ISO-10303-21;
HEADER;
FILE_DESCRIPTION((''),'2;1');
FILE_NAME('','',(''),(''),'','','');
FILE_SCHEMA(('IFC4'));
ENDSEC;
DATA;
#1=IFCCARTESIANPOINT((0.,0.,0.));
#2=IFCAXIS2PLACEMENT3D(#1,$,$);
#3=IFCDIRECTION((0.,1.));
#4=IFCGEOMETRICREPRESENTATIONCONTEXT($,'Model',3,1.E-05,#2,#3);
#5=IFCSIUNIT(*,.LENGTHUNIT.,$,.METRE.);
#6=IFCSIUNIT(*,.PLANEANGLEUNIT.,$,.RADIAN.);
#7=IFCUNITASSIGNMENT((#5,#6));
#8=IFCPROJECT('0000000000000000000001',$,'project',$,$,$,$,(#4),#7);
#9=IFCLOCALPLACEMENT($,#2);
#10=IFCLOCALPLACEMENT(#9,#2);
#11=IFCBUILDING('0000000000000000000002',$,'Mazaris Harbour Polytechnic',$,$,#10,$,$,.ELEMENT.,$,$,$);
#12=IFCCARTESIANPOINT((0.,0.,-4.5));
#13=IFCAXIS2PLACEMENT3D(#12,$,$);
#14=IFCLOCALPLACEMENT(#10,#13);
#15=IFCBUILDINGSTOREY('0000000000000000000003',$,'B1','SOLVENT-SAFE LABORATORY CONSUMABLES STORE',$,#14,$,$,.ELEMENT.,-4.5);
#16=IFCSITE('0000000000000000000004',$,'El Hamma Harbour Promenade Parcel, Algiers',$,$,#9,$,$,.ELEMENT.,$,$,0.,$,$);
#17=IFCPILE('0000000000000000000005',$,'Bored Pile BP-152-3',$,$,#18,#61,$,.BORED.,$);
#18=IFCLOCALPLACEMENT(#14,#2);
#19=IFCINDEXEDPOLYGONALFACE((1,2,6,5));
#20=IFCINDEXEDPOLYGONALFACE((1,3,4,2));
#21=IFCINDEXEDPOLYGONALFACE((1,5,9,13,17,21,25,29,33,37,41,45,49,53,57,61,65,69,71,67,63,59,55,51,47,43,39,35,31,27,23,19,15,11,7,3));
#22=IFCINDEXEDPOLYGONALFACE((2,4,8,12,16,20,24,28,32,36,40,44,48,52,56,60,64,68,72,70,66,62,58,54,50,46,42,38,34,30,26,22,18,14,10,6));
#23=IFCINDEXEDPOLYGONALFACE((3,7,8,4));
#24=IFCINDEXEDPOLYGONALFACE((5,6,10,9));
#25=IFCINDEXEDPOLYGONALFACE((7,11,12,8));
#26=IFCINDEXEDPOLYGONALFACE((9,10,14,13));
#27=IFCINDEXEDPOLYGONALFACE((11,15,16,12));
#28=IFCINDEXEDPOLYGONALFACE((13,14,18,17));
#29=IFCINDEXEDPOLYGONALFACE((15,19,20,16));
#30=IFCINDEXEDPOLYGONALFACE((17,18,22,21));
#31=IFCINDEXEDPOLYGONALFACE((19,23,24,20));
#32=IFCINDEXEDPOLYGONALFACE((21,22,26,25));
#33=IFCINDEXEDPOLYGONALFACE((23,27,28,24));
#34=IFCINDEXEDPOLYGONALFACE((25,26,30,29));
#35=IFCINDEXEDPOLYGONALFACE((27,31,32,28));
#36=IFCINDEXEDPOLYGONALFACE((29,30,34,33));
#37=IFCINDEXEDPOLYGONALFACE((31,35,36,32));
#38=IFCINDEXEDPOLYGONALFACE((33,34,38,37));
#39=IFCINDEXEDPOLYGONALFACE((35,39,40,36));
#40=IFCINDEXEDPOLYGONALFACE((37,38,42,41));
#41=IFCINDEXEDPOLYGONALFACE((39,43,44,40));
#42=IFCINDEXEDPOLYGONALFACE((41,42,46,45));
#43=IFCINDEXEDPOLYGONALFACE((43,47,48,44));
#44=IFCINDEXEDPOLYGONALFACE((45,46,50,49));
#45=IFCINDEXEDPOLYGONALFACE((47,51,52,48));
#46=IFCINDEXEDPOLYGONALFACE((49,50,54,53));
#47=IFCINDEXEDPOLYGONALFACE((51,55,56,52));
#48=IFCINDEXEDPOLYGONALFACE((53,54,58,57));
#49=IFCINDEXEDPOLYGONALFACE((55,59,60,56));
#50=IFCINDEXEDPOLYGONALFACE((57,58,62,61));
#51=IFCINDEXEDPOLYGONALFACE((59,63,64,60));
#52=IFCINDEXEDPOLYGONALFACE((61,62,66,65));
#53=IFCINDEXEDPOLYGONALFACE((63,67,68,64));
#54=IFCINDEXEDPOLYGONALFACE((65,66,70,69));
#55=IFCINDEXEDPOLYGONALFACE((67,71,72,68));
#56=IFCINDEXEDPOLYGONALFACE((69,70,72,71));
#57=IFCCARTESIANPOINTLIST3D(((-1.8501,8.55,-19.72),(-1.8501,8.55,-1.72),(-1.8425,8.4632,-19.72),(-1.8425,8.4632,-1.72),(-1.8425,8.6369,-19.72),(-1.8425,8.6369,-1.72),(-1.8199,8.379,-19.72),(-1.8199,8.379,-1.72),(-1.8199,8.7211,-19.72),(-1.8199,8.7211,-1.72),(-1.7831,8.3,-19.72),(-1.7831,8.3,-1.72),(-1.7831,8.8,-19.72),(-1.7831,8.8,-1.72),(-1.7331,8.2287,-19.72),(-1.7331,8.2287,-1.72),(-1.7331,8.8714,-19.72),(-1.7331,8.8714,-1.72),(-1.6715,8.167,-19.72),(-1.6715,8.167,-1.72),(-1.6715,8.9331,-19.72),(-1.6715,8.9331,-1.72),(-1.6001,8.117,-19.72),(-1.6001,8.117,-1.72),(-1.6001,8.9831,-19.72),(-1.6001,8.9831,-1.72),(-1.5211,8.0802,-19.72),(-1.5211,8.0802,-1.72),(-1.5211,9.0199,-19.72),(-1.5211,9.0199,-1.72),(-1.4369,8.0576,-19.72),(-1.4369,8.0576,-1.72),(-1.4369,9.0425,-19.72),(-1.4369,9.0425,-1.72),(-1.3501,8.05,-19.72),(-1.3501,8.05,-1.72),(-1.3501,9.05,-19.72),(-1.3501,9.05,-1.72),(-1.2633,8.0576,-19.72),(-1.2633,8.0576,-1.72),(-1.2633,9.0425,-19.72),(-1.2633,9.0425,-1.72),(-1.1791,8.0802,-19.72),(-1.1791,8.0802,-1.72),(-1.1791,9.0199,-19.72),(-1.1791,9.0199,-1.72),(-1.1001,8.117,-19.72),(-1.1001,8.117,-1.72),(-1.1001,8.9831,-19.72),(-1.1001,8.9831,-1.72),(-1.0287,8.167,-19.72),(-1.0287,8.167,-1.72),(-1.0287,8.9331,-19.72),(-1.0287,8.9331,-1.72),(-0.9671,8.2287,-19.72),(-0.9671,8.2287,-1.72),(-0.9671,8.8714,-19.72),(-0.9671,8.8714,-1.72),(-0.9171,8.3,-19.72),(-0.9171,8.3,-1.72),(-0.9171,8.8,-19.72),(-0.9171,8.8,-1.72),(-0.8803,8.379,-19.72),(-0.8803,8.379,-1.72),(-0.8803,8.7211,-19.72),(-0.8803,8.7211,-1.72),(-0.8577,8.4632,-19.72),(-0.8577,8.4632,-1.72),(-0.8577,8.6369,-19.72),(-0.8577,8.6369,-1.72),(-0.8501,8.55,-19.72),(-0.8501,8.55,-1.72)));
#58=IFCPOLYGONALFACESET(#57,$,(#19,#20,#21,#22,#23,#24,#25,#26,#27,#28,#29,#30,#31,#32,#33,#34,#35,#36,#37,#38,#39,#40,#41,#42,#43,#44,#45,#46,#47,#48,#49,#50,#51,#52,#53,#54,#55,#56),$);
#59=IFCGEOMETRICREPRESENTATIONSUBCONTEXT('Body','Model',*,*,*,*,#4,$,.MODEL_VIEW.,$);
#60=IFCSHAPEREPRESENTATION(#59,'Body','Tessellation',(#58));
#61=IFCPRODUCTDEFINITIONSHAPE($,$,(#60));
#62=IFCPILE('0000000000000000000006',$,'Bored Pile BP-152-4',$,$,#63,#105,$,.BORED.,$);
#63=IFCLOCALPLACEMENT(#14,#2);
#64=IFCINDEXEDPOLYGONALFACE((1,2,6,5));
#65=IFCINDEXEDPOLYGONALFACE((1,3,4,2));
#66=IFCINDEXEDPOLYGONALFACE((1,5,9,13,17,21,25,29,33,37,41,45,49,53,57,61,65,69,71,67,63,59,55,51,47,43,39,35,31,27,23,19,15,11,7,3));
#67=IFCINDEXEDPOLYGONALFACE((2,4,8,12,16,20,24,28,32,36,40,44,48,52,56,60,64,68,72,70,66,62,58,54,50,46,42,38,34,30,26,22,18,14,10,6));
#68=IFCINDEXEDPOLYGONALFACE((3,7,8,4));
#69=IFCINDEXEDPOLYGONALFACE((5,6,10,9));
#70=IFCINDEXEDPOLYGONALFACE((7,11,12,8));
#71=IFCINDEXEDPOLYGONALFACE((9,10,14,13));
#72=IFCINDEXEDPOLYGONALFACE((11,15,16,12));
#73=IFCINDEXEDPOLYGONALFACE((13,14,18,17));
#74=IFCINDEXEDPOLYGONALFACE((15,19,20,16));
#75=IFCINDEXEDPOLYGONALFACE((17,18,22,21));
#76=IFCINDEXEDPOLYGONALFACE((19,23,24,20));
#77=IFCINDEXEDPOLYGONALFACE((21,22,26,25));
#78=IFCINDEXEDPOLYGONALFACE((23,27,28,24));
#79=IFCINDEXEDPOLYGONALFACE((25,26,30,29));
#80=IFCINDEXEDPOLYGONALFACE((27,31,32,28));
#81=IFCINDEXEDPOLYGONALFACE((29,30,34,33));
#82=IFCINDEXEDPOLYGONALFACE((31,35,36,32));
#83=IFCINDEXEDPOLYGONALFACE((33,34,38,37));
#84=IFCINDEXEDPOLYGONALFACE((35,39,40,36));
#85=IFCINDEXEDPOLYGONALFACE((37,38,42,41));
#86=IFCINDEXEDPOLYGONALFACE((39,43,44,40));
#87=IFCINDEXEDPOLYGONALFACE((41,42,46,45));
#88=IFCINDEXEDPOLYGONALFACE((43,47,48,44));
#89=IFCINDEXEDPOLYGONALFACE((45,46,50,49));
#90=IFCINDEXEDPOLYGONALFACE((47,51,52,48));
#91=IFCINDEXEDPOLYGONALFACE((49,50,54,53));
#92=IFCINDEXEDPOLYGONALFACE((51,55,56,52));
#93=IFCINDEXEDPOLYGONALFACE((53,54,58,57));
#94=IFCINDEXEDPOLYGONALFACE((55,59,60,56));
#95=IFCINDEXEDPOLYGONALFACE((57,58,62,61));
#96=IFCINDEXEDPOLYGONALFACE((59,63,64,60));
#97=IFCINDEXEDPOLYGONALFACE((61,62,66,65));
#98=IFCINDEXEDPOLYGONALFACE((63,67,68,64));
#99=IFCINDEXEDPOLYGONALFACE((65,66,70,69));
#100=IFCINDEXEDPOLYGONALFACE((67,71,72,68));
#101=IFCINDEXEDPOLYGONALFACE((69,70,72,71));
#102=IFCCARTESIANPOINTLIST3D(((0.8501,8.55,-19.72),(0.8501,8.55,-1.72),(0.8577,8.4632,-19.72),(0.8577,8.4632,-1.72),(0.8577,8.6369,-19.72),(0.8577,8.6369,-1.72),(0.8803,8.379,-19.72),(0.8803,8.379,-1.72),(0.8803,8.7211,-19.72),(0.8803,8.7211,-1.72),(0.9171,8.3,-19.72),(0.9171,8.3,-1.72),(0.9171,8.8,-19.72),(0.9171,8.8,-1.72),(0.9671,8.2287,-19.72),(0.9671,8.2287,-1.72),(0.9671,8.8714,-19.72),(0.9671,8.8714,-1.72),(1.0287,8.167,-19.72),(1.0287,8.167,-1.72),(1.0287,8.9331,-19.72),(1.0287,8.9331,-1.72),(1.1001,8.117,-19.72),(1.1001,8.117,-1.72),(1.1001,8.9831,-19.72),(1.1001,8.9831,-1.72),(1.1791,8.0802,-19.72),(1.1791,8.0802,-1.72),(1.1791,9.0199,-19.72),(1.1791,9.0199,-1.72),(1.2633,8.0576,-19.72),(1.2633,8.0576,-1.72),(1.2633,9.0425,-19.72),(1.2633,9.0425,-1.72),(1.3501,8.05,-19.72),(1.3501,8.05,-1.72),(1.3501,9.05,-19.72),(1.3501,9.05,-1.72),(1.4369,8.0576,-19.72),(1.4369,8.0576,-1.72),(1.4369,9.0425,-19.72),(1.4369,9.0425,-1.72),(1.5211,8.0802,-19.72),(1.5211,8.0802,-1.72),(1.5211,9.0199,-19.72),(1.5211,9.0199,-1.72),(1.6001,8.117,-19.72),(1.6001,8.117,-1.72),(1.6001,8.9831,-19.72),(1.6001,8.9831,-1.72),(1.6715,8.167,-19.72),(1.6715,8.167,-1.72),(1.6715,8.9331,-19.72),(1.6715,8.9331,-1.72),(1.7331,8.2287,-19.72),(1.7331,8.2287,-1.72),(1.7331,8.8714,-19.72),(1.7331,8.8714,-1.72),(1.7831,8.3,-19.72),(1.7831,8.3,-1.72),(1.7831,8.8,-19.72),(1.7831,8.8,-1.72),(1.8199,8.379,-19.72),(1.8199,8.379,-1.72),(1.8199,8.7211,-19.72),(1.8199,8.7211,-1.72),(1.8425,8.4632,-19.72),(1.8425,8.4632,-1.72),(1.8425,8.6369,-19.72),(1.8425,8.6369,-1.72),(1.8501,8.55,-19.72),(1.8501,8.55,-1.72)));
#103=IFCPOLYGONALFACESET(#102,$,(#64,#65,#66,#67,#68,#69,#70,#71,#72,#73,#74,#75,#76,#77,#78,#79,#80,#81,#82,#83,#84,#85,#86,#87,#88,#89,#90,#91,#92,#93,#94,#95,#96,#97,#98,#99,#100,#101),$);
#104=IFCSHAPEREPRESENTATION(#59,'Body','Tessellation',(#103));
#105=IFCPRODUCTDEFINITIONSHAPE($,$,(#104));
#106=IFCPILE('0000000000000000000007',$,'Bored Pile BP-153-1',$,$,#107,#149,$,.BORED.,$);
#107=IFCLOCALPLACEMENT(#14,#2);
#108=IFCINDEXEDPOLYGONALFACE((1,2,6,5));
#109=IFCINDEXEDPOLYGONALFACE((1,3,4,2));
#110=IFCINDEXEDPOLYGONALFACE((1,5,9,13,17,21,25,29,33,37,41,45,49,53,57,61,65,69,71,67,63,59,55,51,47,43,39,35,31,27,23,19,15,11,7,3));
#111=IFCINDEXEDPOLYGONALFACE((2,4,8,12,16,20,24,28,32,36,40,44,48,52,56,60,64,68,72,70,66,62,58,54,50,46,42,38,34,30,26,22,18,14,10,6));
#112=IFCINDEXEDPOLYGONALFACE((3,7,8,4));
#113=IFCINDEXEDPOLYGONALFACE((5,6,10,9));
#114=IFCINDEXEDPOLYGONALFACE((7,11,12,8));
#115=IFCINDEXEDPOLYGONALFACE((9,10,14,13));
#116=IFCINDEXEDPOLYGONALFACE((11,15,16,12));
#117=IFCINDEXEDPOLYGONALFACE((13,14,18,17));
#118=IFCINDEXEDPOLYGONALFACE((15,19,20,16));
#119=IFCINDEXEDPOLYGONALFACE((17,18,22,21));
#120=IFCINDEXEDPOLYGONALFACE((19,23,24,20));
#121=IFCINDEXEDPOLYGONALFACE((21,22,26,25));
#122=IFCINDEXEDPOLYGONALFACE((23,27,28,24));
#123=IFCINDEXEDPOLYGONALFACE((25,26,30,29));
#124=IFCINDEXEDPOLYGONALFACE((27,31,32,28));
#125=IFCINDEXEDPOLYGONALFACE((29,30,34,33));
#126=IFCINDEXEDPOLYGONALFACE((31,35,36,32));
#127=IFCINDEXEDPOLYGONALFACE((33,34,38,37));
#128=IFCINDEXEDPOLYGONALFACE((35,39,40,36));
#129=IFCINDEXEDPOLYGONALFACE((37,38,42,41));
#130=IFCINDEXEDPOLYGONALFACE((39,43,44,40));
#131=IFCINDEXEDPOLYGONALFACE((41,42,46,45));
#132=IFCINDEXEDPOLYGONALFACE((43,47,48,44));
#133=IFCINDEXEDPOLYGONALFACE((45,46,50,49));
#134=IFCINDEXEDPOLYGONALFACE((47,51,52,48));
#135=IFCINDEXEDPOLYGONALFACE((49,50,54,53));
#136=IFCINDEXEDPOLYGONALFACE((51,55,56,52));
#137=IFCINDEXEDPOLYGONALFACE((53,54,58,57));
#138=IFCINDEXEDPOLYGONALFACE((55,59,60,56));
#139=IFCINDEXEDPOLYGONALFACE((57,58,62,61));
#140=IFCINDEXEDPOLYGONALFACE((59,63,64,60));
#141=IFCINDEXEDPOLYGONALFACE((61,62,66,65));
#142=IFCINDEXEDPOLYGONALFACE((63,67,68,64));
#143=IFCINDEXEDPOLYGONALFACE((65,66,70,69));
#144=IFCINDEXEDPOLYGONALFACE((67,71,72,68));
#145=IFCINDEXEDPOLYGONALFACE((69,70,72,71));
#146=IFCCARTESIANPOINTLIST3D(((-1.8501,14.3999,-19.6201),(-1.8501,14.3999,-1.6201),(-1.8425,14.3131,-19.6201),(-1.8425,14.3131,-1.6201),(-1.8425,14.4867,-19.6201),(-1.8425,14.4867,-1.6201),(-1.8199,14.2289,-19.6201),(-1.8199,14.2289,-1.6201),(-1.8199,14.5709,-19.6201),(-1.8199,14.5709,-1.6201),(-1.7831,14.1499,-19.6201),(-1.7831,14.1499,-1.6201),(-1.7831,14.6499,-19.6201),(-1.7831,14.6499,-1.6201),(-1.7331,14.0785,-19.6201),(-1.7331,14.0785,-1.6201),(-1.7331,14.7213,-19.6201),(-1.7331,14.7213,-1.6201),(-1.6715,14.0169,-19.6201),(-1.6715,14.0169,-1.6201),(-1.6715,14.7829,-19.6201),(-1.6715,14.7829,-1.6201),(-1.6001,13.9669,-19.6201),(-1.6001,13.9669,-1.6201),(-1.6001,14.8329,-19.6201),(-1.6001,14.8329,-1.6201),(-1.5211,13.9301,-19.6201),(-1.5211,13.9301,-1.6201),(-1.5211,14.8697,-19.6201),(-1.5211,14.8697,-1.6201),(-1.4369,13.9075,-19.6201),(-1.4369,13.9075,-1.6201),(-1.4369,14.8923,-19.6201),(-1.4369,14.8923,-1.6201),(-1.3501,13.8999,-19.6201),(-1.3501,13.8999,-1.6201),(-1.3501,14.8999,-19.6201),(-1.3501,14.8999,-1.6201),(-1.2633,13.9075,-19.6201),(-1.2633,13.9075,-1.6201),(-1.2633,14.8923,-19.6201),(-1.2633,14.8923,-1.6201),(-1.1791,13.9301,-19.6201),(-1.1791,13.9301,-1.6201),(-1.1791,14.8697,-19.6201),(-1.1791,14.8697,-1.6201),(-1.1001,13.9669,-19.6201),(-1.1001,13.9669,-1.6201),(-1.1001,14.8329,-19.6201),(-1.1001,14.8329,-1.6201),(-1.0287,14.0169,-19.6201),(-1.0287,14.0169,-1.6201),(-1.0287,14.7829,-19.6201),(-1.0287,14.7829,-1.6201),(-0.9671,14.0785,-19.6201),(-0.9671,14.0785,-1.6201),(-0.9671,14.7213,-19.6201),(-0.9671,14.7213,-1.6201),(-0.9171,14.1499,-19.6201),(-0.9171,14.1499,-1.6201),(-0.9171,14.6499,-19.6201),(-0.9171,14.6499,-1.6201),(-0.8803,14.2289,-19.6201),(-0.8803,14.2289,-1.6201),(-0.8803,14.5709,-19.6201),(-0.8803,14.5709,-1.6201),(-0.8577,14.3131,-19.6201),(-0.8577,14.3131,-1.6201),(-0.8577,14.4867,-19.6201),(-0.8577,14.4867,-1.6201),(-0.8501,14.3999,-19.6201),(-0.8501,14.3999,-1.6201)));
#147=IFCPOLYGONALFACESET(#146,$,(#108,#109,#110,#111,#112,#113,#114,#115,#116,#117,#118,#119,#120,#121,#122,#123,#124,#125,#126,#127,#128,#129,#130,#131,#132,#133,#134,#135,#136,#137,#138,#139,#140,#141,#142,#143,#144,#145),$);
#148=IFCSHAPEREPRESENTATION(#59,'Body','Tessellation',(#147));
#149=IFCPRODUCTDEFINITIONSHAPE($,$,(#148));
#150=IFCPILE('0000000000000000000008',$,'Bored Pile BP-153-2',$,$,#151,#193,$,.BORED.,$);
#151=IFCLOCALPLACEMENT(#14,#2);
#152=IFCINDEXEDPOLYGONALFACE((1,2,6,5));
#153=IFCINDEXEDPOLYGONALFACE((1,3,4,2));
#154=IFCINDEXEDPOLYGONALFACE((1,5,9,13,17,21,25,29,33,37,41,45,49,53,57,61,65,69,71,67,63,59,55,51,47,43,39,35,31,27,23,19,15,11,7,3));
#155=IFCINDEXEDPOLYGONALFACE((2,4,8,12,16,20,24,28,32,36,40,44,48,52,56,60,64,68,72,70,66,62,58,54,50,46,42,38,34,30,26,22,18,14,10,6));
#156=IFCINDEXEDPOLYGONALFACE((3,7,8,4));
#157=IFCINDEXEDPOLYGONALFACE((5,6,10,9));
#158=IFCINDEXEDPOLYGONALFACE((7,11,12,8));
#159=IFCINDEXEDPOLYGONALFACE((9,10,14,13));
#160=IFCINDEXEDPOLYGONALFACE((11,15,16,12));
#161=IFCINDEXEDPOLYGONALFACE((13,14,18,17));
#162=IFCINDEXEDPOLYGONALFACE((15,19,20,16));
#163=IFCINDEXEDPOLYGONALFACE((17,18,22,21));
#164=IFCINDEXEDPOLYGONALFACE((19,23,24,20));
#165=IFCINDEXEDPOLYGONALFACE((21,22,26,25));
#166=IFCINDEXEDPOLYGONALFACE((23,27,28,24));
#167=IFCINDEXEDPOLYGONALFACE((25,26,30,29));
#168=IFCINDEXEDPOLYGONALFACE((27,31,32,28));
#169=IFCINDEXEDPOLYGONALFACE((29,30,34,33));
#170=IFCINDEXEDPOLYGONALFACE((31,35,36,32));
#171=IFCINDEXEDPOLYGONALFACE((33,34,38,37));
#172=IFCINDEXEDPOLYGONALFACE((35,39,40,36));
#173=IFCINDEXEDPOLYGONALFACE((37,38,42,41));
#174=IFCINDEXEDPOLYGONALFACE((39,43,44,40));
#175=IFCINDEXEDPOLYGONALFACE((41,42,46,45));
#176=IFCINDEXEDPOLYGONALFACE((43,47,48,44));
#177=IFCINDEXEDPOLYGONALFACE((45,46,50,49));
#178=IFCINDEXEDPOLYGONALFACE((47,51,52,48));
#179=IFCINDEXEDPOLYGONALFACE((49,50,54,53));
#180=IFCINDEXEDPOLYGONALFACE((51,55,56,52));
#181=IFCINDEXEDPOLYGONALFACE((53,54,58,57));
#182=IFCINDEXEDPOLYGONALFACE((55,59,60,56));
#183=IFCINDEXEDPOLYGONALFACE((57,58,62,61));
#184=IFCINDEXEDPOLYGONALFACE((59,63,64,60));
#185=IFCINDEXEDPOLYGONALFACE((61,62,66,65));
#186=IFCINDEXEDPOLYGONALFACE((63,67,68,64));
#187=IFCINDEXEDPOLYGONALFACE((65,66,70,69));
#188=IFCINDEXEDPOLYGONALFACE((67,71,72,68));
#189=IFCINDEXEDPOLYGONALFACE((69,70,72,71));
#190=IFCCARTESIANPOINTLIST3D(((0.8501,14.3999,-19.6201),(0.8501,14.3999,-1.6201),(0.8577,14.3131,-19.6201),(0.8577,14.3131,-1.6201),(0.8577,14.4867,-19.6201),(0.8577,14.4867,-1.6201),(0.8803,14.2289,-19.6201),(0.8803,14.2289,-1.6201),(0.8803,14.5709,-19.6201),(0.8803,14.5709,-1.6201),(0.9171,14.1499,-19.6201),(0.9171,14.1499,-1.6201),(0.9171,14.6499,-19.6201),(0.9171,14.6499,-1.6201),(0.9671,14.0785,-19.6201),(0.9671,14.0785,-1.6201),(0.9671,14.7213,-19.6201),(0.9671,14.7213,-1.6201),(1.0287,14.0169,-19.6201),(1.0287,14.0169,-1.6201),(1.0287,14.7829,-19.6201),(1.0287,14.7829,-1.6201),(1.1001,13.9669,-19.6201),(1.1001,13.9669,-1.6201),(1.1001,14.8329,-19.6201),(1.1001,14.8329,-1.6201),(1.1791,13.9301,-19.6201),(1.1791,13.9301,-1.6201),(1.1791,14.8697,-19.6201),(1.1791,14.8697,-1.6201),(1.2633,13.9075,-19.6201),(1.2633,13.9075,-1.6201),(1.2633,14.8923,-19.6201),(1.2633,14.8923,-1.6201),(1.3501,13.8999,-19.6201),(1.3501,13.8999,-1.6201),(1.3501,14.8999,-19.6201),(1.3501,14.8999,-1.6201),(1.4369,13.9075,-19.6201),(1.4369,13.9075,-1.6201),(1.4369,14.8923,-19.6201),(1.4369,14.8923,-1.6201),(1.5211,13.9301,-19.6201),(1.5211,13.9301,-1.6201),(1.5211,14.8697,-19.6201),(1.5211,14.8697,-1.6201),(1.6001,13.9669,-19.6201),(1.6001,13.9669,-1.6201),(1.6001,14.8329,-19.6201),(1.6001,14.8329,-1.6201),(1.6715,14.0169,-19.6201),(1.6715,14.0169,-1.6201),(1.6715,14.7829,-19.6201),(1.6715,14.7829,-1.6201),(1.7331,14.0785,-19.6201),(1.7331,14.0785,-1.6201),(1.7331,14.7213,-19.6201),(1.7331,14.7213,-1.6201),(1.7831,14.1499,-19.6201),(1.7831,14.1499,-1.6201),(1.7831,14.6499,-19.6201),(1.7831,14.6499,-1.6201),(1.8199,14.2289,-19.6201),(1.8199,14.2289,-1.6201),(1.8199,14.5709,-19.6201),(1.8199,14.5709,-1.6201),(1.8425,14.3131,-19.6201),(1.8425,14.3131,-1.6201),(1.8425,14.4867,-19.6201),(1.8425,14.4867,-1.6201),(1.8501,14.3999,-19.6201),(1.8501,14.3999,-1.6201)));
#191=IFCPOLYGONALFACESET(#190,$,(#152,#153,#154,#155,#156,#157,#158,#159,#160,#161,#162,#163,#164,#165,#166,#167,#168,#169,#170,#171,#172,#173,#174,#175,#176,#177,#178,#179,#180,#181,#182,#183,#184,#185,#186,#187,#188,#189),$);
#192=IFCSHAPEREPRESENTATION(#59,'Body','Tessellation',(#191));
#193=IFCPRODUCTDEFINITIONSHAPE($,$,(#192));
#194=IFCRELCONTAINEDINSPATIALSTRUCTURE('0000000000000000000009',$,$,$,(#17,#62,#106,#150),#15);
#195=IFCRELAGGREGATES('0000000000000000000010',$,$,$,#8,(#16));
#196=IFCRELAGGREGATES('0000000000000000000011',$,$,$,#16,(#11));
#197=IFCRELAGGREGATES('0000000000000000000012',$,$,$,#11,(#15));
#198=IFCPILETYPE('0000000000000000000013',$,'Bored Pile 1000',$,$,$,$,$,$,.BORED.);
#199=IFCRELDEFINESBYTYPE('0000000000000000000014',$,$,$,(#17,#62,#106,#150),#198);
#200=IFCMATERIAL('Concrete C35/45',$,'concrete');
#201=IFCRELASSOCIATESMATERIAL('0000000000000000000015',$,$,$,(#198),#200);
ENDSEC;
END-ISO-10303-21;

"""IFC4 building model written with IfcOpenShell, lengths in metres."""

from ifc_helpers import new_model, si_unit, direction, frame, origin, origin_2d, place, context, subcontext, project, spatial, circle, extrude, material, material_profile, profile_set, type_object, element, save


model = new_model("IFC4")

# Units and contexts
model_context = context("Model", 3, precision=1e-05, world=origin(), true_north=direction((0.0, 1.0)))
body_context = subcontext(model_context, "Body", "Model", "MODEL_VIEW")
ifc_project = project(units=[si_unit("LENGTHUNIT", "METRE"), si_unit("PLANEANGLEUNIT", "RADIAN")], contexts=[model_context])

# Site, building, storey
site_placement = place(None, origin())
site = spatial("IfcSite", under=ifc_project, at=site_placement, Name="El Hamma Harbour Promenade Parcel, Algiers", CompositionType="ELEMENT", RefElevation=0.0)
building_placement = place(site_placement, origin())
building = spatial("IfcBuilding", under=site, at=building_placement, Name="Mazaris Harbour Polytechnic", CompositionType="ELEMENT")
storey_placement = place(building_placement, frame((0.0, 0.0, -4.5)))
storey = spatial("IfcBuildingStorey", under=building, at=storey_placement, Name="B1", Description="SOLVENT-SAFE LABORATORY CONSUMABLES STORE", CompositionType="ELEMENT", Elevation=-4.5)

# Piles
ifc_material_1 = material(Name="Concrete C35/45", Category="concrete")
ifc_material_profile_1 = material_profile(ifc_material_1, circle(Radius=0.5, at=origin_2d()), Name="DIA1000")
ifc_profile_set_1 = profile_set([ifc_material_profile_1], Name="Concrete C35/45")
pile_type_1 = type_object("IfcPileType", Name="Bored Pile 1000", PredefinedType="BORED", material=ifc_profile_set_1)
for number, where, z_axis, x_axis, name in (
    (1, (-1.3501, 8.55, -1.72), (0.0, 0.0, -1.0), (1.0, 0.0, 0.0), "Bored Pile BP-152-3"),
    (2, (1.3501, 8.55, -1.72), (0.0, 0.0, -1.0), (1.0, 0.0, 0.0), "Bored Pile BP-152-4"),
    (3, (-1.3501, 14.3999, -1.6201), (0.0, 0.0, -1.0), (1.0, 0.0, 0.0), "Bored Pile BP-153-1"),
    (4, (1.3501, 14.3999, -1.6201), (0.0, 0.0, -1.0), (1.0, 0.0, 0.0), "Bored Pile BP-153-2"),
):
    element("IfcPile", number, at=place(storey_placement, frame(where, z_axis=z_axis, x_axis=x_axis)), inside=storey, type_object=pile_type_1, Name=name, PredefinedType="BORED", context=body_context, shape_type="SweptSolid", body=[
        extrude(circle(Radius=0.5, at=origin_2d()), origin(), (0.0, 0.0, 1.0), 18.0),
    ])

save(model, "model.ifc")
